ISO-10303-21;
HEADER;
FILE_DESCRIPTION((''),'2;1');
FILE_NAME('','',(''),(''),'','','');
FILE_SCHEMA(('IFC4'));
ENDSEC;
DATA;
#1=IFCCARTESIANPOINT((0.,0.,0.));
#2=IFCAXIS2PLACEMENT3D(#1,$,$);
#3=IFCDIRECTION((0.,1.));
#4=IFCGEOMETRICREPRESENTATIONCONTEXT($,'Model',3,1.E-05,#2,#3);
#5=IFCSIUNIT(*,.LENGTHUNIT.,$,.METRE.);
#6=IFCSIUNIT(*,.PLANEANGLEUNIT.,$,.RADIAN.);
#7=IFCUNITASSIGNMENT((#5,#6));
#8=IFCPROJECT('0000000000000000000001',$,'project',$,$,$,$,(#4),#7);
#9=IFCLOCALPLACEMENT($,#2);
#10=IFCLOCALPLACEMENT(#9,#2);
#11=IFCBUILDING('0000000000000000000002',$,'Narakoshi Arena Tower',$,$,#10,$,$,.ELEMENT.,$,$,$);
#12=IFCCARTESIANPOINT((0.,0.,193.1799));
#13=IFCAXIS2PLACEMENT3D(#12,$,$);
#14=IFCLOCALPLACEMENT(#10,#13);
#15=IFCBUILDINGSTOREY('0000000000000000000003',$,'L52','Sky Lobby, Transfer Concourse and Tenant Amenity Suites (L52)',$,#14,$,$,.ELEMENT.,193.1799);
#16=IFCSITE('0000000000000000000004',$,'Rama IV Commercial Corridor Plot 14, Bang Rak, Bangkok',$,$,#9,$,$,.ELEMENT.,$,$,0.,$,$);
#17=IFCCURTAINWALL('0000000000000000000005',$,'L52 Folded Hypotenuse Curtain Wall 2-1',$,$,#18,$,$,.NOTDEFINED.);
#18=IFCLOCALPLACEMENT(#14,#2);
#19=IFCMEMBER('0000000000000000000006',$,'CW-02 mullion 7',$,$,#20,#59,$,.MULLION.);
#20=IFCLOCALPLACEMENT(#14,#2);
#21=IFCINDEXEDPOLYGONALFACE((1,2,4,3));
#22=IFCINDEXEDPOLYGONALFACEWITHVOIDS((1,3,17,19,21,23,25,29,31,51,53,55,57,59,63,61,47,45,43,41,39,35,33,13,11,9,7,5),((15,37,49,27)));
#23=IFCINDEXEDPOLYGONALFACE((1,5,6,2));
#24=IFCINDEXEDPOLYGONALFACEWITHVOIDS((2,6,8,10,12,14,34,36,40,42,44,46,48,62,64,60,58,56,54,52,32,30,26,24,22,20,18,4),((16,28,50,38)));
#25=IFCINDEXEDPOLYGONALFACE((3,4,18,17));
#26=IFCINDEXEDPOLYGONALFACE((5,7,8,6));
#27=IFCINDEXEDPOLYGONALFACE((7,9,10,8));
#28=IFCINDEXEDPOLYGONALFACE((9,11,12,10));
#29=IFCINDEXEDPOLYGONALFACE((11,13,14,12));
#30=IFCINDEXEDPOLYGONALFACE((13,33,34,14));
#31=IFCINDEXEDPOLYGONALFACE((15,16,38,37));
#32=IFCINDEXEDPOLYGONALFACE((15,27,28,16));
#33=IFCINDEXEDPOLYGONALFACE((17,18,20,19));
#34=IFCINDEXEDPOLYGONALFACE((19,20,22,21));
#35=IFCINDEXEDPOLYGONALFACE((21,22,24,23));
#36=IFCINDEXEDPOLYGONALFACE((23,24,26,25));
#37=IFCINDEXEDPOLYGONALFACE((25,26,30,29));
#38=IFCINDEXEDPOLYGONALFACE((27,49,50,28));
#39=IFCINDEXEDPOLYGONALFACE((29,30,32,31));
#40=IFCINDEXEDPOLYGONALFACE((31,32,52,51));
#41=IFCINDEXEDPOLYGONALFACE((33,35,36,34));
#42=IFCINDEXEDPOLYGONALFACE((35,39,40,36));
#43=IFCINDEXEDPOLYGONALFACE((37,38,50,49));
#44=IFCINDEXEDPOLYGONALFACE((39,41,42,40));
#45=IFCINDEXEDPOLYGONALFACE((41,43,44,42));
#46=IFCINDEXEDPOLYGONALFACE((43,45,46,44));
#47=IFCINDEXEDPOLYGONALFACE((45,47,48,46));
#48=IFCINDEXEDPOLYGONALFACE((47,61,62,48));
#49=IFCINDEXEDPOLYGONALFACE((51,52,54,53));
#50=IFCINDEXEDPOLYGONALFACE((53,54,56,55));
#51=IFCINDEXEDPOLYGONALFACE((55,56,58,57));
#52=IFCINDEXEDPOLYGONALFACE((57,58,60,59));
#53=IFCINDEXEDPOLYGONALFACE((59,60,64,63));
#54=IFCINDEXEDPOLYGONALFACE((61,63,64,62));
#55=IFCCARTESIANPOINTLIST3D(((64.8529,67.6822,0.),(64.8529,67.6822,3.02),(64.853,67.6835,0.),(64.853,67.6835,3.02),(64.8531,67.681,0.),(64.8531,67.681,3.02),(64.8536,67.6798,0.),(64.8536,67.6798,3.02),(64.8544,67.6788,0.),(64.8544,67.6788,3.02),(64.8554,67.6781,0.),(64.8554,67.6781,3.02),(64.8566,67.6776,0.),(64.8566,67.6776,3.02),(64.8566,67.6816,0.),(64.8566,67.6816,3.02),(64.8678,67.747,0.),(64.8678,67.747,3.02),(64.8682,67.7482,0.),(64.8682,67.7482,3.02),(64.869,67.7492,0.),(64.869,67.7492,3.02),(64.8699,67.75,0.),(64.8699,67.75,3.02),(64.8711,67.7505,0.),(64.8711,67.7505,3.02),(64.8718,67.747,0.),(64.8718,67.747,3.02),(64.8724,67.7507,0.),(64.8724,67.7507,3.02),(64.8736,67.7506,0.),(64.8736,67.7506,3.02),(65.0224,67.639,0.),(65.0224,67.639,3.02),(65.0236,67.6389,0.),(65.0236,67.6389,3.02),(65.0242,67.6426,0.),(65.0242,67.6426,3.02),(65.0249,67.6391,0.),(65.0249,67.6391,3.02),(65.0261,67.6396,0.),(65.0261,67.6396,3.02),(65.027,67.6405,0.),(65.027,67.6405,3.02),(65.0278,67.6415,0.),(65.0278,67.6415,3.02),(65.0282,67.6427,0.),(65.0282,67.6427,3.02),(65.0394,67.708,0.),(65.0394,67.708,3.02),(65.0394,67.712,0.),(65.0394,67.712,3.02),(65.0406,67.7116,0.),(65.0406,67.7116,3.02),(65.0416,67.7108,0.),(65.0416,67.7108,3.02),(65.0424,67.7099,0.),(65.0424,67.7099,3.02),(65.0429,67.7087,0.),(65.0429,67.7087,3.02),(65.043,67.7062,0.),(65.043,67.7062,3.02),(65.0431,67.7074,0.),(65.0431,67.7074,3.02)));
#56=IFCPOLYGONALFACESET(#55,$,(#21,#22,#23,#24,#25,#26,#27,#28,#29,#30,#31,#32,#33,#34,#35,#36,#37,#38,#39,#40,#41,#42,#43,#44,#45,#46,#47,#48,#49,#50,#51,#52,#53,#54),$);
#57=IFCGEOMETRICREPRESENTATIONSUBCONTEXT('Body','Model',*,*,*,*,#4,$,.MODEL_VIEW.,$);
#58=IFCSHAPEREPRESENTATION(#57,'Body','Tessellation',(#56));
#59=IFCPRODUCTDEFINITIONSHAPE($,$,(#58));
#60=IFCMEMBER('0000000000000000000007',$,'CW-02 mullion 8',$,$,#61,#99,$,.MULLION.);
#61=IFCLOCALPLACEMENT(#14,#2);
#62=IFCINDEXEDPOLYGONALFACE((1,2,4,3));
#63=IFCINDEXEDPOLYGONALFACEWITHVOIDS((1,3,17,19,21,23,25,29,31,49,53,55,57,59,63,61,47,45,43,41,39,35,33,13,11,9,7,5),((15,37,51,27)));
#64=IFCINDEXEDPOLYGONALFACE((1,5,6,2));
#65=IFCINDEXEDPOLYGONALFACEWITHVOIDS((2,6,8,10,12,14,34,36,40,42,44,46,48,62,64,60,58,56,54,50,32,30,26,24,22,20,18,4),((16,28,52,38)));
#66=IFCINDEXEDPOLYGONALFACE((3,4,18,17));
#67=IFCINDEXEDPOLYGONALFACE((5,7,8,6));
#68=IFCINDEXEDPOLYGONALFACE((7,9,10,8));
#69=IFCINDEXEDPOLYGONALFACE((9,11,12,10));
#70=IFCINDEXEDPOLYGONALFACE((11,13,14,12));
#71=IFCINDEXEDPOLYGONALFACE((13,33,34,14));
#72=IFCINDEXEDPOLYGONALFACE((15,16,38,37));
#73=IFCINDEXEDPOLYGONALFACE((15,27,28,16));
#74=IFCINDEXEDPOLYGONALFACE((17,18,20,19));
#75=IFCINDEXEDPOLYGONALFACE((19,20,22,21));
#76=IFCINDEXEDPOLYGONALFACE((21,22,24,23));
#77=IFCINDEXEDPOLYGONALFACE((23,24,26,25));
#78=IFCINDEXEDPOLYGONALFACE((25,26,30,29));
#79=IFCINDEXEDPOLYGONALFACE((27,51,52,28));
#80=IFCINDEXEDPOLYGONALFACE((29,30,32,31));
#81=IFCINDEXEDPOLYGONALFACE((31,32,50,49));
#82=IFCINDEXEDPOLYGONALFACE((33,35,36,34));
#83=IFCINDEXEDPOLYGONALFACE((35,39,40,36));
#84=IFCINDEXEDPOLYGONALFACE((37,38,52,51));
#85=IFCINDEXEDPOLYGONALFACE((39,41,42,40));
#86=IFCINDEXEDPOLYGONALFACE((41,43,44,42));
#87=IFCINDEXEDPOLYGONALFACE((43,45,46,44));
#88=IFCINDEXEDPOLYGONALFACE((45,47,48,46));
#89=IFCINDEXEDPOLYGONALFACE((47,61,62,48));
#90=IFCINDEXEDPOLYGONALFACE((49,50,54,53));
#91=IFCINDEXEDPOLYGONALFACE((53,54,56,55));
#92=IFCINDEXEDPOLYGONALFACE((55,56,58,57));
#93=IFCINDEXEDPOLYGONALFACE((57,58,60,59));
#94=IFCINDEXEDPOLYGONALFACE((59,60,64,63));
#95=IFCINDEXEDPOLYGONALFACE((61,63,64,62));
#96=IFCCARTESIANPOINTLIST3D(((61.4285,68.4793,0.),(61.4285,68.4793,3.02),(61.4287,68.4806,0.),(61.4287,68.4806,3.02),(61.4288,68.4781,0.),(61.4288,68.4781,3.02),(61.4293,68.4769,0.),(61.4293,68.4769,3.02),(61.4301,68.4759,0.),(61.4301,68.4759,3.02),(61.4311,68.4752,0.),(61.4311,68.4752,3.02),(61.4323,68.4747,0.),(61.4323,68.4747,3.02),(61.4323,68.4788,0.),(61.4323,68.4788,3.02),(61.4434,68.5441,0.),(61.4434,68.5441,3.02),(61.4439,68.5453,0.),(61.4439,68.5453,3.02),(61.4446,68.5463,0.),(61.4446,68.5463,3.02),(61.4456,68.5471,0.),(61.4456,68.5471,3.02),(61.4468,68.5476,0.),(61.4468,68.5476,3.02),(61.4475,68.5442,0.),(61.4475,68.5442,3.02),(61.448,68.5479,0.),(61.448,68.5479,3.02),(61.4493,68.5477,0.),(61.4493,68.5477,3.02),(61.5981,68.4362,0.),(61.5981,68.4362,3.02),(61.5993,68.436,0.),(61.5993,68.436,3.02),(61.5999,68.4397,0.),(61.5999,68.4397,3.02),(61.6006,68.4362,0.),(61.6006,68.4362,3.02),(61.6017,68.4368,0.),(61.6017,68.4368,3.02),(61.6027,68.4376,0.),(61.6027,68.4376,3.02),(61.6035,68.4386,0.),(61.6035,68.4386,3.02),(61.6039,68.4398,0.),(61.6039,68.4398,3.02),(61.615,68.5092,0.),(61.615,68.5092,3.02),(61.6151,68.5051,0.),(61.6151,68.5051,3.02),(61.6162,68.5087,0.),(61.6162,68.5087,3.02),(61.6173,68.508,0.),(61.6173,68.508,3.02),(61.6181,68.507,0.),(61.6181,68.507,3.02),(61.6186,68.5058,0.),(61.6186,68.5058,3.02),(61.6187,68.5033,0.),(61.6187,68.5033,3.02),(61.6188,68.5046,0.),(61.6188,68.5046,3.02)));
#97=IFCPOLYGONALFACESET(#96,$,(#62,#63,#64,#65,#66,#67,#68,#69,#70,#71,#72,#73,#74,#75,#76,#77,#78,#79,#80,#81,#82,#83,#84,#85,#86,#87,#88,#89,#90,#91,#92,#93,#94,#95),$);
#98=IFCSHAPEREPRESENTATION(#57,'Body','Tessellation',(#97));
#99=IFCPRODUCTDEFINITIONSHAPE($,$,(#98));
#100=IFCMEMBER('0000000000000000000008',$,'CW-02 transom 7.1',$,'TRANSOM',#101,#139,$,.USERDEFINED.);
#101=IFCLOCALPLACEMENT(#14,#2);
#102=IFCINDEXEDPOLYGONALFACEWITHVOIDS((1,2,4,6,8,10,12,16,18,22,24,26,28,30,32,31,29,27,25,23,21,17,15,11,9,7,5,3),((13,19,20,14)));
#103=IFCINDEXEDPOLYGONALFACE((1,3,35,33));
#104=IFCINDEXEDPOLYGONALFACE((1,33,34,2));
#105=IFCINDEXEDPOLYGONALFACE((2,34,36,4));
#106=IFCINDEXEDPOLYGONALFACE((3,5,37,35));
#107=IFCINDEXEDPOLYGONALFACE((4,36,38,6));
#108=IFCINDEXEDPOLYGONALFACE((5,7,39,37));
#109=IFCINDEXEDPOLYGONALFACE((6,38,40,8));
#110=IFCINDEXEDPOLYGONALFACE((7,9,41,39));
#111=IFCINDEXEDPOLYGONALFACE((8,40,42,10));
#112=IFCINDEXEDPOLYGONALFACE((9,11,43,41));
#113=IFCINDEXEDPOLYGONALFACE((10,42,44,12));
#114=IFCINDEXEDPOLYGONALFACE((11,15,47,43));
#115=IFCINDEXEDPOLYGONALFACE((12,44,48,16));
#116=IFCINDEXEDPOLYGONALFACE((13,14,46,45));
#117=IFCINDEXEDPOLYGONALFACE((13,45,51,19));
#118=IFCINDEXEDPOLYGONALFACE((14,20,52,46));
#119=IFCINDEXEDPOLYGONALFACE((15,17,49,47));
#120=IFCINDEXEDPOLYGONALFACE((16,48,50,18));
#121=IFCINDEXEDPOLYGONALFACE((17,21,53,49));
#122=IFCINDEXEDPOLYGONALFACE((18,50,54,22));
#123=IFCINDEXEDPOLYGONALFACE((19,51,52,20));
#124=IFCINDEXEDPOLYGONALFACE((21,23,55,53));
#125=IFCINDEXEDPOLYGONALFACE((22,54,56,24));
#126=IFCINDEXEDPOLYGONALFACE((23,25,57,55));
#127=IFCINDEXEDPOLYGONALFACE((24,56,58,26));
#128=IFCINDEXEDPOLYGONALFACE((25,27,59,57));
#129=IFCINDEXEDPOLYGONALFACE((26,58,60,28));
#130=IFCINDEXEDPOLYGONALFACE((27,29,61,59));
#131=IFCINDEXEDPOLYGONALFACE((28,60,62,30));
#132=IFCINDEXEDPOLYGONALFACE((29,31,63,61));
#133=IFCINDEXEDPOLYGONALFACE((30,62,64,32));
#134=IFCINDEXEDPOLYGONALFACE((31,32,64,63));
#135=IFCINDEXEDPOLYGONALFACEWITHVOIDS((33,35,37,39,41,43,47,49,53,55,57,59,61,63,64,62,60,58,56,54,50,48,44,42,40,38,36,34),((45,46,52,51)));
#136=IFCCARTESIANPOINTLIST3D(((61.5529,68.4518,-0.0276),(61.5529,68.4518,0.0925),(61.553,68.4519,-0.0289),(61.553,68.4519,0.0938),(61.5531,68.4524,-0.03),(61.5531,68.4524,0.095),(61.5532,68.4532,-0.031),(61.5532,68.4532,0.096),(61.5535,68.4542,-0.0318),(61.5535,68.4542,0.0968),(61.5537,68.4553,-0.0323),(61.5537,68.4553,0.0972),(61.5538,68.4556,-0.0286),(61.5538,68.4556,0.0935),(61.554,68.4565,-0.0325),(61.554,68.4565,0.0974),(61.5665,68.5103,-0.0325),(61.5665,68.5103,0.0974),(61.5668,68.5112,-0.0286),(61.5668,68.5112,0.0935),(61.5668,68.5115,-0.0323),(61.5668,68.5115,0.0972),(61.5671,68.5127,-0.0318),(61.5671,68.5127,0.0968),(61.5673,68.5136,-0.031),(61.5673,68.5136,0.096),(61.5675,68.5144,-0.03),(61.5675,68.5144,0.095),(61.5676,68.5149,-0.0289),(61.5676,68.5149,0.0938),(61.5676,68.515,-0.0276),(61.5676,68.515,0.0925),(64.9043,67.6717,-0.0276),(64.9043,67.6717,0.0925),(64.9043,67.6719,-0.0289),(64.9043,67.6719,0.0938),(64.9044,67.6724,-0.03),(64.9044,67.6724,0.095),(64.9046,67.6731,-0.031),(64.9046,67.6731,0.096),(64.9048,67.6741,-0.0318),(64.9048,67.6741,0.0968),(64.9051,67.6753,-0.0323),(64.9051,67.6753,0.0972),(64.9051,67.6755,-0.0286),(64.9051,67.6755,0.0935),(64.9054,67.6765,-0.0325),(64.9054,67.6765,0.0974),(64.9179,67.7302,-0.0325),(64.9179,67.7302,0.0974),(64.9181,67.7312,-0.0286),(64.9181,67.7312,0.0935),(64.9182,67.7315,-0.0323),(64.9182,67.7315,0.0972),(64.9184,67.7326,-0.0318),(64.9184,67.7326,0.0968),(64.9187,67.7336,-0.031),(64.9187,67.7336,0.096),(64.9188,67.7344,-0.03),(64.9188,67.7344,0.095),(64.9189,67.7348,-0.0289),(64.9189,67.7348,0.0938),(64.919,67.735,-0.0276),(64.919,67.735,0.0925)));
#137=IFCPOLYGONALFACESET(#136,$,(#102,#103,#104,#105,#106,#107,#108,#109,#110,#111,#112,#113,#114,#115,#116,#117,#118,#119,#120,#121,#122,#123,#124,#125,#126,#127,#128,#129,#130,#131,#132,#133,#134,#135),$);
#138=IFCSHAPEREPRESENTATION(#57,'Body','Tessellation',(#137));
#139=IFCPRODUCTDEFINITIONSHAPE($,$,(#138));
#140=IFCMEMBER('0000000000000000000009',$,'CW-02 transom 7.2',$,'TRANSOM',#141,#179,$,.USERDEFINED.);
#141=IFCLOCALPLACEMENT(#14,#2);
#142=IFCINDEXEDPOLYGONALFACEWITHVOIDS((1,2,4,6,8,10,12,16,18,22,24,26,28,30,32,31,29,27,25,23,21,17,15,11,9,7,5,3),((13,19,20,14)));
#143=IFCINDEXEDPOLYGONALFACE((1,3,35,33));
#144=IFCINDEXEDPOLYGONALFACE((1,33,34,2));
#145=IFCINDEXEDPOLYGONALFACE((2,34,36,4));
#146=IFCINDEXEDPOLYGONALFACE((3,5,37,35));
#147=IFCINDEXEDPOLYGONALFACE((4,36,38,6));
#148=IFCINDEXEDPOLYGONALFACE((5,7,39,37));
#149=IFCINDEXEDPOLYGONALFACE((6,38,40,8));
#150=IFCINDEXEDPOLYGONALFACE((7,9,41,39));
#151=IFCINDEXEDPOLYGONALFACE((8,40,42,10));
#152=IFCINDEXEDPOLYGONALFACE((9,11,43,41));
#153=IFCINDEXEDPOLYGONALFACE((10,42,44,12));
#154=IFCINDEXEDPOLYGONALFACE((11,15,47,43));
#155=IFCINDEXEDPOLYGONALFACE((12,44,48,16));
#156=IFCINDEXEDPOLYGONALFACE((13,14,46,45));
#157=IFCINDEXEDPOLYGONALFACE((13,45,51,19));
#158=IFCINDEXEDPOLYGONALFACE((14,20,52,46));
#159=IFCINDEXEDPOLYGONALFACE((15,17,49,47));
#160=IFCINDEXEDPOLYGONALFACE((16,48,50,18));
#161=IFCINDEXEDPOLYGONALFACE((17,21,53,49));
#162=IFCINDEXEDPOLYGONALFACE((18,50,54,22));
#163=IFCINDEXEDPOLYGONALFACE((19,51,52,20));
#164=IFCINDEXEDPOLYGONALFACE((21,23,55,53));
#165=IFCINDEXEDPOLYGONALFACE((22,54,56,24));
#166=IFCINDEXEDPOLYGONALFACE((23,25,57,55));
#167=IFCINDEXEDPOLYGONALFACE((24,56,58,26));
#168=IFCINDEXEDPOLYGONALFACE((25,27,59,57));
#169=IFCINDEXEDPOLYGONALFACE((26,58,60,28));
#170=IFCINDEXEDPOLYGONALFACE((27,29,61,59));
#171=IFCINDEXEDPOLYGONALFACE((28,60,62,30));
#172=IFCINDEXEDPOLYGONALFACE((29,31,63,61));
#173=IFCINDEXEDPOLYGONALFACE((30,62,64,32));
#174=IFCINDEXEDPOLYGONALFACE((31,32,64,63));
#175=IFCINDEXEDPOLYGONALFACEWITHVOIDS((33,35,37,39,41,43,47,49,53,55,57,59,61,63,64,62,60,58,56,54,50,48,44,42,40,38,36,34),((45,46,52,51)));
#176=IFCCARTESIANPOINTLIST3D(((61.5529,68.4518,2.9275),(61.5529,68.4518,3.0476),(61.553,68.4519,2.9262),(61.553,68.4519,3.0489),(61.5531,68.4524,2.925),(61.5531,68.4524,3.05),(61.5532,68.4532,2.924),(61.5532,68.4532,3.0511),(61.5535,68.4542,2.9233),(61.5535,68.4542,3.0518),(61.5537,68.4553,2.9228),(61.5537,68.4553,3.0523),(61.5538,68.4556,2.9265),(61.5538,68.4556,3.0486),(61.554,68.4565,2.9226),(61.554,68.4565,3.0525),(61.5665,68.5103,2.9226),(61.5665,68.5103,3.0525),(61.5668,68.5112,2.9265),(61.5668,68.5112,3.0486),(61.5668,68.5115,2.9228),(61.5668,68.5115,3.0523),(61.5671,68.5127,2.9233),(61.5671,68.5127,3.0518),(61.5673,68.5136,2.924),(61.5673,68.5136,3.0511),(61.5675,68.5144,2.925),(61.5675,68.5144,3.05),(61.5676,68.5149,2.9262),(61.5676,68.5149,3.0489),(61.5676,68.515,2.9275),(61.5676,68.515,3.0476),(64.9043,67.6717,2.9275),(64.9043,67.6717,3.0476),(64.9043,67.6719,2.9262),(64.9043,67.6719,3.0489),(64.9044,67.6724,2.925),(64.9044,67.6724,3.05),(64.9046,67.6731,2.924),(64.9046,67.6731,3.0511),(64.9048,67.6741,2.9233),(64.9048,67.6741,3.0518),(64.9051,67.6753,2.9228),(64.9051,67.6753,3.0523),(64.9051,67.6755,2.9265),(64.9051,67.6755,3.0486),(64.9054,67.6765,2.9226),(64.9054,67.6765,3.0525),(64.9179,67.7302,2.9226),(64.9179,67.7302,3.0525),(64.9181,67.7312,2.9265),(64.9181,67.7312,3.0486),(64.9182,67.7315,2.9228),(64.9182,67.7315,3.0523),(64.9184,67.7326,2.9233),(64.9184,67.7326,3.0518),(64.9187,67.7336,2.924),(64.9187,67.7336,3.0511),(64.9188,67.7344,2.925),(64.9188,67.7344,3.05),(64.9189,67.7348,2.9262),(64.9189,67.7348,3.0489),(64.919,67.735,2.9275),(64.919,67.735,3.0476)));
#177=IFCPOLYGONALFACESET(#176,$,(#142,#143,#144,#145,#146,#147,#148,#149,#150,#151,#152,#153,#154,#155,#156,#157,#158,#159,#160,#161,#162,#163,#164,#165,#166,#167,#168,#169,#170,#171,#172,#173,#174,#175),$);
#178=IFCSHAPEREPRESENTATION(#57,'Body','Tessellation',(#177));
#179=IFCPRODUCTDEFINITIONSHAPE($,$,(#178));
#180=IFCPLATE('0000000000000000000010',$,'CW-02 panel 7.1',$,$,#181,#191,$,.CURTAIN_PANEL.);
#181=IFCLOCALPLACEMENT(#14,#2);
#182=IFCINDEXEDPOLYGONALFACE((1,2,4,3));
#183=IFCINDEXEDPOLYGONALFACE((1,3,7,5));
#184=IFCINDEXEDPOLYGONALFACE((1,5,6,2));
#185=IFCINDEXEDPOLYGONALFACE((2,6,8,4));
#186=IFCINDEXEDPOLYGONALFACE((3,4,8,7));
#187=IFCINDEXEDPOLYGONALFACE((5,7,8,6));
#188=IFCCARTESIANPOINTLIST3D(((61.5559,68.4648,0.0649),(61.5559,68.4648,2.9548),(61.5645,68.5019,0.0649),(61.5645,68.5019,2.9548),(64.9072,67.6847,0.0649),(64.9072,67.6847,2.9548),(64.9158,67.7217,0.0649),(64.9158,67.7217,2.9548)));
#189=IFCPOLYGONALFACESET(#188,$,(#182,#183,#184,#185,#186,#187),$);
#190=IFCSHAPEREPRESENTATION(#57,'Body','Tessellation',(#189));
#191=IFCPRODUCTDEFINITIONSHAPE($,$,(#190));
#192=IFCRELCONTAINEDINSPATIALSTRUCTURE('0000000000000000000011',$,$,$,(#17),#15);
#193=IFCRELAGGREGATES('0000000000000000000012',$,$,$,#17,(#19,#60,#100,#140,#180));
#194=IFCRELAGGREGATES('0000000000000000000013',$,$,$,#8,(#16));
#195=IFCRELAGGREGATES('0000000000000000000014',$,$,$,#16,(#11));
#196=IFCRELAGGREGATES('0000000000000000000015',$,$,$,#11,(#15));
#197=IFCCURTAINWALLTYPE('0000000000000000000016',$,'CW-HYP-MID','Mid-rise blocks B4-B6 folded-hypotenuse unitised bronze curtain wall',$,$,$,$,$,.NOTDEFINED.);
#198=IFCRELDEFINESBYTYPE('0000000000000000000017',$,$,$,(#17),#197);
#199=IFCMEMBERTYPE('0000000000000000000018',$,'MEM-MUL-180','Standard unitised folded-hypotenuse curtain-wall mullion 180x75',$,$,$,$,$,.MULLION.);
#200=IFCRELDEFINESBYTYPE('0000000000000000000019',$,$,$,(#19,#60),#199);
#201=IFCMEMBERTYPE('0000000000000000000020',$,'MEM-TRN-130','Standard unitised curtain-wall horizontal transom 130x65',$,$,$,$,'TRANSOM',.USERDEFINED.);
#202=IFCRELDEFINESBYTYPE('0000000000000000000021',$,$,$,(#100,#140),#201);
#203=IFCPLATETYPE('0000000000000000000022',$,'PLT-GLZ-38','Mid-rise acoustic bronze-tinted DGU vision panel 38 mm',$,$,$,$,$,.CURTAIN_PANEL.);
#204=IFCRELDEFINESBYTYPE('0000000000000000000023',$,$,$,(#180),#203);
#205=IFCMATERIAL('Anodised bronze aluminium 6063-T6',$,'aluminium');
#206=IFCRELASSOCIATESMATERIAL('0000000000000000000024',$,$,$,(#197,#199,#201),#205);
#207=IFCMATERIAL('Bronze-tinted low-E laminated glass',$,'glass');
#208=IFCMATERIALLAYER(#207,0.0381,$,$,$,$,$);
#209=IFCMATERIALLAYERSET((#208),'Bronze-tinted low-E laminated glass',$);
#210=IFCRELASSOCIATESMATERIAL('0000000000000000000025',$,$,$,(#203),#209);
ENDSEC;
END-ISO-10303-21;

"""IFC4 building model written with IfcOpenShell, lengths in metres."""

from ifc_helpers import new_model, si_unit, direction, frame, origin, origin_2d, place, context, subcontext, project, spatial, rectangle, hollow_rectangle, extrude, material, layer, layer_set, material_profile, profile_set, type_object, element, aggregate, save


model = new_model("IFC4")

# Units and contexts
model_context = context("Model", 3, precision=1e-05, world=origin(), true_north=direction((0.0, 1.0)))
body_context = subcontext(model_context, "Body", "Model", "MODEL_VIEW")
ifc_project = project(units=[si_unit("LENGTHUNIT", "METRE"), si_unit("PLANEANGLEUNIT", "RADIAN")], contexts=[model_context])

# Site, building, storey
site_placement = place(None, origin())
site = spatial("IfcSite", under=ifc_project, at=site_placement, Name="Rama IV Commercial Corridor Plot 14, Bang Rak, Bangkok", CompositionType="ELEMENT", RefElevation=0.0)
building_placement = place(site_placement, origin())
building = spatial("IfcBuilding", under=site, at=building_placement, Name="Narakoshi Arena Tower", CompositionType="ELEMENT")
storey_placement = place(building_placement, frame((0.0, 0.0, 193.1799)))
storey = spatial("IfcBuildingStorey", under=building, at=storey_placement, Name="L52", Description="Sky Lobby, Transfer Concourse and Tenant Amenity Suites (L52)", CompositionType="ELEMENT", Elevation=193.1799)

# Curtain wall, members, plate
ifc_material_1 = material(Name="Anodised bronze aluminium 6063-T6", Category="aluminium")
curtain_wall_type = type_object("IfcCurtainWallType", Name="CW-HYP-MID", Description="Mid-rise blocks B4-B6 folded-hypotenuse unitised bronze curtain wall", PredefinedType="NOTDEFINED", material=ifc_material_1)
curtain_wall_placement = place(storey_placement, origin())
curtain_wall = element("IfcCurtainWall", 1, at=curtain_wall_placement, inside=storey, type_object=curtain_wall_type, Name="L52 Folded Hypotenuse Curtain Wall 2-1", PredefinedType="NOTDEFINED")
ifc_material_profile_1 = material_profile(ifc_material_1, hollow_rectangle(XDim=0.075, YDim=0.1799, WallThickness=0.0039, OuterFilletRadius=0.0049, at=origin_2d()), Name="MUL180x75x4")
ifc_profile_set_1 = profile_set([ifc_material_profile_1], Name="Anodised bronze aluminium 6063-T6")
member_type_1 = type_object("IfcMemberType", Name="MEM-MUL-180", Description="Standard unitised folded-hypotenuse curtain-wall mullion 180x75", PredefinedType="MULLION", material=ifc_profile_set_1)
member_1_placement = place(storey_placement, frame((64.948, 67.6948, 0.0), z_axis=(0.0, 0.0, 1.0), x_axis=(-0.226721, -0.97396, 0.0)))
member_1 = element("IfcMember", 2, at=member_1_placement, type_object=member_type_1, Name="CW-02 mullion 7", PredefinedType="MULLION", context=body_context, shape_type="SweptSolid", body=[
    extrude(hollow_rectangle(XDim=0.075, YDim=0.1799, WallThickness=0.0039, OuterFilletRadius=0.0049, at=origin_2d()), origin(), (0.0, 0.0, 1.0), 3.02),
])
member_2_placement = place(storey_placement, frame((61.5237, 68.4919, 0.0), z_axis=(0.0, 0.0, 1.0), x_axis=(-0.226721, -0.97396, 0.0)))
member_2 = element("IfcMember", 3, at=member_2_placement, type_object=member_type_1, Name="CW-02 mullion 8", PredefinedType="MULLION", context=body_context, shape_type="SweptSolid", body=[
    extrude(hollow_rectangle(XDim=0.075, YDim=0.1799, WallThickness=0.0039, OuterFilletRadius=0.0049, at=origin_2d()), origin(), (0.0, 0.0, 1.0), 3.02),
])
ifc_material_profile_2 = material_profile(ifc_material_1, hollow_rectangle(XDim=0.0649, YDim=0.1299, WallThickness=0.0039, OuterFilletRadius=0.0049, at=origin_2d()), Name="TRN130x65x4")
ifc_profile_set_2 = profile_set([ifc_material_profile_2], Name="Anodised bronze aluminium 6063-T6")
member_type_2 = type_object("IfcMemberType", Name="MEM-TRN-130", Description="Standard unitised curtain-wall horizontal transom 130x65", ElementType="TRANSOM", PredefinedType="USERDEFINED", material=ifc_profile_set_2)
member_3_placement = place(storey_placement, frame((64.9116, 67.7034, 0.0325), z_axis=(-0.973966, 0.226694, 0.0), x_axis=(-0.226694, -0.973966, 0.0)))
member_3 = element("IfcMember", 4, at=member_3_placement, type_object=member_type_2, Name="CW-02 transom 7.1", ObjectType="TRANSOM", PredefinedType="USERDEFINED", context=body_context, shape_type="SweptSolid", body=[
    extrude(hollow_rectangle(XDim=0.0649, YDim=0.1299, WallThickness=0.0039, OuterFilletRadius=0.0049, at=origin_2d()), origin(), (0.0, 0.0, 1.0), 3.4409),
])
member_4_placement = place(storey_placement, frame((64.9116, 67.7034, 2.9875), z_axis=(-0.973966, 0.226694, 0.0), x_axis=(-0.226694, -0.973966, 0.0)))
member_4 = element("IfcMember", 5, at=member_4_placement, type_object=member_type_2, Name="CW-02 transom 7.2", ObjectType="TRANSOM", PredefinedType="USERDEFINED", context=body_context, shape_type="SweptSolid", body=[
    extrude(hollow_rectangle(XDim=0.0649, YDim=0.1299, WallThickness=0.0039, OuterFilletRadius=0.0049, at=origin_2d()), origin(), (0.0, 0.0, 1.0), 3.4409),
])
ifc_material_2 = material(Name="Bronze-tinted low-E laminated glass", Category="glass")
ifc_layer_1 = layer(ifc_material_2, 0.0381)
ifc_layer_set_1 = layer_set([ifc_layer_1], Name="Bronze-tinted low-E laminated glass")
plate_type = type_object("IfcPlateType", Name="PLT-GLZ-38", Description="Mid-rise acoustic bronze-tinted DGU vision panel 38 mm", PredefinedType="CURTAIN_PANEL", material=ifc_layer_set_1)
plate_placement = place(storey_placement, frame((63.2358, 68.0933, 0.0649), z_axis=(0.0, 0.0, 1.0), x_axis=(-0.97396, 0.226721, 0.0)))
plate = element("IfcPlate", 6, at=plate_placement, type_object=plate_type, Name="CW-02 panel 7.1", PredefinedType="CURTAIN_PANEL", context=body_context, shape_type="SweptSolid", body=[
    extrude(rectangle(XDim=3.4409, YDim=0.0381, at=origin_2d()), origin(), (0.0, 0.0, 1.0), 2.8899),
])
aggregate(curtain_wall, [member_1, member_2, member_3, member_4, plate])

save(model, "model.ifc")
